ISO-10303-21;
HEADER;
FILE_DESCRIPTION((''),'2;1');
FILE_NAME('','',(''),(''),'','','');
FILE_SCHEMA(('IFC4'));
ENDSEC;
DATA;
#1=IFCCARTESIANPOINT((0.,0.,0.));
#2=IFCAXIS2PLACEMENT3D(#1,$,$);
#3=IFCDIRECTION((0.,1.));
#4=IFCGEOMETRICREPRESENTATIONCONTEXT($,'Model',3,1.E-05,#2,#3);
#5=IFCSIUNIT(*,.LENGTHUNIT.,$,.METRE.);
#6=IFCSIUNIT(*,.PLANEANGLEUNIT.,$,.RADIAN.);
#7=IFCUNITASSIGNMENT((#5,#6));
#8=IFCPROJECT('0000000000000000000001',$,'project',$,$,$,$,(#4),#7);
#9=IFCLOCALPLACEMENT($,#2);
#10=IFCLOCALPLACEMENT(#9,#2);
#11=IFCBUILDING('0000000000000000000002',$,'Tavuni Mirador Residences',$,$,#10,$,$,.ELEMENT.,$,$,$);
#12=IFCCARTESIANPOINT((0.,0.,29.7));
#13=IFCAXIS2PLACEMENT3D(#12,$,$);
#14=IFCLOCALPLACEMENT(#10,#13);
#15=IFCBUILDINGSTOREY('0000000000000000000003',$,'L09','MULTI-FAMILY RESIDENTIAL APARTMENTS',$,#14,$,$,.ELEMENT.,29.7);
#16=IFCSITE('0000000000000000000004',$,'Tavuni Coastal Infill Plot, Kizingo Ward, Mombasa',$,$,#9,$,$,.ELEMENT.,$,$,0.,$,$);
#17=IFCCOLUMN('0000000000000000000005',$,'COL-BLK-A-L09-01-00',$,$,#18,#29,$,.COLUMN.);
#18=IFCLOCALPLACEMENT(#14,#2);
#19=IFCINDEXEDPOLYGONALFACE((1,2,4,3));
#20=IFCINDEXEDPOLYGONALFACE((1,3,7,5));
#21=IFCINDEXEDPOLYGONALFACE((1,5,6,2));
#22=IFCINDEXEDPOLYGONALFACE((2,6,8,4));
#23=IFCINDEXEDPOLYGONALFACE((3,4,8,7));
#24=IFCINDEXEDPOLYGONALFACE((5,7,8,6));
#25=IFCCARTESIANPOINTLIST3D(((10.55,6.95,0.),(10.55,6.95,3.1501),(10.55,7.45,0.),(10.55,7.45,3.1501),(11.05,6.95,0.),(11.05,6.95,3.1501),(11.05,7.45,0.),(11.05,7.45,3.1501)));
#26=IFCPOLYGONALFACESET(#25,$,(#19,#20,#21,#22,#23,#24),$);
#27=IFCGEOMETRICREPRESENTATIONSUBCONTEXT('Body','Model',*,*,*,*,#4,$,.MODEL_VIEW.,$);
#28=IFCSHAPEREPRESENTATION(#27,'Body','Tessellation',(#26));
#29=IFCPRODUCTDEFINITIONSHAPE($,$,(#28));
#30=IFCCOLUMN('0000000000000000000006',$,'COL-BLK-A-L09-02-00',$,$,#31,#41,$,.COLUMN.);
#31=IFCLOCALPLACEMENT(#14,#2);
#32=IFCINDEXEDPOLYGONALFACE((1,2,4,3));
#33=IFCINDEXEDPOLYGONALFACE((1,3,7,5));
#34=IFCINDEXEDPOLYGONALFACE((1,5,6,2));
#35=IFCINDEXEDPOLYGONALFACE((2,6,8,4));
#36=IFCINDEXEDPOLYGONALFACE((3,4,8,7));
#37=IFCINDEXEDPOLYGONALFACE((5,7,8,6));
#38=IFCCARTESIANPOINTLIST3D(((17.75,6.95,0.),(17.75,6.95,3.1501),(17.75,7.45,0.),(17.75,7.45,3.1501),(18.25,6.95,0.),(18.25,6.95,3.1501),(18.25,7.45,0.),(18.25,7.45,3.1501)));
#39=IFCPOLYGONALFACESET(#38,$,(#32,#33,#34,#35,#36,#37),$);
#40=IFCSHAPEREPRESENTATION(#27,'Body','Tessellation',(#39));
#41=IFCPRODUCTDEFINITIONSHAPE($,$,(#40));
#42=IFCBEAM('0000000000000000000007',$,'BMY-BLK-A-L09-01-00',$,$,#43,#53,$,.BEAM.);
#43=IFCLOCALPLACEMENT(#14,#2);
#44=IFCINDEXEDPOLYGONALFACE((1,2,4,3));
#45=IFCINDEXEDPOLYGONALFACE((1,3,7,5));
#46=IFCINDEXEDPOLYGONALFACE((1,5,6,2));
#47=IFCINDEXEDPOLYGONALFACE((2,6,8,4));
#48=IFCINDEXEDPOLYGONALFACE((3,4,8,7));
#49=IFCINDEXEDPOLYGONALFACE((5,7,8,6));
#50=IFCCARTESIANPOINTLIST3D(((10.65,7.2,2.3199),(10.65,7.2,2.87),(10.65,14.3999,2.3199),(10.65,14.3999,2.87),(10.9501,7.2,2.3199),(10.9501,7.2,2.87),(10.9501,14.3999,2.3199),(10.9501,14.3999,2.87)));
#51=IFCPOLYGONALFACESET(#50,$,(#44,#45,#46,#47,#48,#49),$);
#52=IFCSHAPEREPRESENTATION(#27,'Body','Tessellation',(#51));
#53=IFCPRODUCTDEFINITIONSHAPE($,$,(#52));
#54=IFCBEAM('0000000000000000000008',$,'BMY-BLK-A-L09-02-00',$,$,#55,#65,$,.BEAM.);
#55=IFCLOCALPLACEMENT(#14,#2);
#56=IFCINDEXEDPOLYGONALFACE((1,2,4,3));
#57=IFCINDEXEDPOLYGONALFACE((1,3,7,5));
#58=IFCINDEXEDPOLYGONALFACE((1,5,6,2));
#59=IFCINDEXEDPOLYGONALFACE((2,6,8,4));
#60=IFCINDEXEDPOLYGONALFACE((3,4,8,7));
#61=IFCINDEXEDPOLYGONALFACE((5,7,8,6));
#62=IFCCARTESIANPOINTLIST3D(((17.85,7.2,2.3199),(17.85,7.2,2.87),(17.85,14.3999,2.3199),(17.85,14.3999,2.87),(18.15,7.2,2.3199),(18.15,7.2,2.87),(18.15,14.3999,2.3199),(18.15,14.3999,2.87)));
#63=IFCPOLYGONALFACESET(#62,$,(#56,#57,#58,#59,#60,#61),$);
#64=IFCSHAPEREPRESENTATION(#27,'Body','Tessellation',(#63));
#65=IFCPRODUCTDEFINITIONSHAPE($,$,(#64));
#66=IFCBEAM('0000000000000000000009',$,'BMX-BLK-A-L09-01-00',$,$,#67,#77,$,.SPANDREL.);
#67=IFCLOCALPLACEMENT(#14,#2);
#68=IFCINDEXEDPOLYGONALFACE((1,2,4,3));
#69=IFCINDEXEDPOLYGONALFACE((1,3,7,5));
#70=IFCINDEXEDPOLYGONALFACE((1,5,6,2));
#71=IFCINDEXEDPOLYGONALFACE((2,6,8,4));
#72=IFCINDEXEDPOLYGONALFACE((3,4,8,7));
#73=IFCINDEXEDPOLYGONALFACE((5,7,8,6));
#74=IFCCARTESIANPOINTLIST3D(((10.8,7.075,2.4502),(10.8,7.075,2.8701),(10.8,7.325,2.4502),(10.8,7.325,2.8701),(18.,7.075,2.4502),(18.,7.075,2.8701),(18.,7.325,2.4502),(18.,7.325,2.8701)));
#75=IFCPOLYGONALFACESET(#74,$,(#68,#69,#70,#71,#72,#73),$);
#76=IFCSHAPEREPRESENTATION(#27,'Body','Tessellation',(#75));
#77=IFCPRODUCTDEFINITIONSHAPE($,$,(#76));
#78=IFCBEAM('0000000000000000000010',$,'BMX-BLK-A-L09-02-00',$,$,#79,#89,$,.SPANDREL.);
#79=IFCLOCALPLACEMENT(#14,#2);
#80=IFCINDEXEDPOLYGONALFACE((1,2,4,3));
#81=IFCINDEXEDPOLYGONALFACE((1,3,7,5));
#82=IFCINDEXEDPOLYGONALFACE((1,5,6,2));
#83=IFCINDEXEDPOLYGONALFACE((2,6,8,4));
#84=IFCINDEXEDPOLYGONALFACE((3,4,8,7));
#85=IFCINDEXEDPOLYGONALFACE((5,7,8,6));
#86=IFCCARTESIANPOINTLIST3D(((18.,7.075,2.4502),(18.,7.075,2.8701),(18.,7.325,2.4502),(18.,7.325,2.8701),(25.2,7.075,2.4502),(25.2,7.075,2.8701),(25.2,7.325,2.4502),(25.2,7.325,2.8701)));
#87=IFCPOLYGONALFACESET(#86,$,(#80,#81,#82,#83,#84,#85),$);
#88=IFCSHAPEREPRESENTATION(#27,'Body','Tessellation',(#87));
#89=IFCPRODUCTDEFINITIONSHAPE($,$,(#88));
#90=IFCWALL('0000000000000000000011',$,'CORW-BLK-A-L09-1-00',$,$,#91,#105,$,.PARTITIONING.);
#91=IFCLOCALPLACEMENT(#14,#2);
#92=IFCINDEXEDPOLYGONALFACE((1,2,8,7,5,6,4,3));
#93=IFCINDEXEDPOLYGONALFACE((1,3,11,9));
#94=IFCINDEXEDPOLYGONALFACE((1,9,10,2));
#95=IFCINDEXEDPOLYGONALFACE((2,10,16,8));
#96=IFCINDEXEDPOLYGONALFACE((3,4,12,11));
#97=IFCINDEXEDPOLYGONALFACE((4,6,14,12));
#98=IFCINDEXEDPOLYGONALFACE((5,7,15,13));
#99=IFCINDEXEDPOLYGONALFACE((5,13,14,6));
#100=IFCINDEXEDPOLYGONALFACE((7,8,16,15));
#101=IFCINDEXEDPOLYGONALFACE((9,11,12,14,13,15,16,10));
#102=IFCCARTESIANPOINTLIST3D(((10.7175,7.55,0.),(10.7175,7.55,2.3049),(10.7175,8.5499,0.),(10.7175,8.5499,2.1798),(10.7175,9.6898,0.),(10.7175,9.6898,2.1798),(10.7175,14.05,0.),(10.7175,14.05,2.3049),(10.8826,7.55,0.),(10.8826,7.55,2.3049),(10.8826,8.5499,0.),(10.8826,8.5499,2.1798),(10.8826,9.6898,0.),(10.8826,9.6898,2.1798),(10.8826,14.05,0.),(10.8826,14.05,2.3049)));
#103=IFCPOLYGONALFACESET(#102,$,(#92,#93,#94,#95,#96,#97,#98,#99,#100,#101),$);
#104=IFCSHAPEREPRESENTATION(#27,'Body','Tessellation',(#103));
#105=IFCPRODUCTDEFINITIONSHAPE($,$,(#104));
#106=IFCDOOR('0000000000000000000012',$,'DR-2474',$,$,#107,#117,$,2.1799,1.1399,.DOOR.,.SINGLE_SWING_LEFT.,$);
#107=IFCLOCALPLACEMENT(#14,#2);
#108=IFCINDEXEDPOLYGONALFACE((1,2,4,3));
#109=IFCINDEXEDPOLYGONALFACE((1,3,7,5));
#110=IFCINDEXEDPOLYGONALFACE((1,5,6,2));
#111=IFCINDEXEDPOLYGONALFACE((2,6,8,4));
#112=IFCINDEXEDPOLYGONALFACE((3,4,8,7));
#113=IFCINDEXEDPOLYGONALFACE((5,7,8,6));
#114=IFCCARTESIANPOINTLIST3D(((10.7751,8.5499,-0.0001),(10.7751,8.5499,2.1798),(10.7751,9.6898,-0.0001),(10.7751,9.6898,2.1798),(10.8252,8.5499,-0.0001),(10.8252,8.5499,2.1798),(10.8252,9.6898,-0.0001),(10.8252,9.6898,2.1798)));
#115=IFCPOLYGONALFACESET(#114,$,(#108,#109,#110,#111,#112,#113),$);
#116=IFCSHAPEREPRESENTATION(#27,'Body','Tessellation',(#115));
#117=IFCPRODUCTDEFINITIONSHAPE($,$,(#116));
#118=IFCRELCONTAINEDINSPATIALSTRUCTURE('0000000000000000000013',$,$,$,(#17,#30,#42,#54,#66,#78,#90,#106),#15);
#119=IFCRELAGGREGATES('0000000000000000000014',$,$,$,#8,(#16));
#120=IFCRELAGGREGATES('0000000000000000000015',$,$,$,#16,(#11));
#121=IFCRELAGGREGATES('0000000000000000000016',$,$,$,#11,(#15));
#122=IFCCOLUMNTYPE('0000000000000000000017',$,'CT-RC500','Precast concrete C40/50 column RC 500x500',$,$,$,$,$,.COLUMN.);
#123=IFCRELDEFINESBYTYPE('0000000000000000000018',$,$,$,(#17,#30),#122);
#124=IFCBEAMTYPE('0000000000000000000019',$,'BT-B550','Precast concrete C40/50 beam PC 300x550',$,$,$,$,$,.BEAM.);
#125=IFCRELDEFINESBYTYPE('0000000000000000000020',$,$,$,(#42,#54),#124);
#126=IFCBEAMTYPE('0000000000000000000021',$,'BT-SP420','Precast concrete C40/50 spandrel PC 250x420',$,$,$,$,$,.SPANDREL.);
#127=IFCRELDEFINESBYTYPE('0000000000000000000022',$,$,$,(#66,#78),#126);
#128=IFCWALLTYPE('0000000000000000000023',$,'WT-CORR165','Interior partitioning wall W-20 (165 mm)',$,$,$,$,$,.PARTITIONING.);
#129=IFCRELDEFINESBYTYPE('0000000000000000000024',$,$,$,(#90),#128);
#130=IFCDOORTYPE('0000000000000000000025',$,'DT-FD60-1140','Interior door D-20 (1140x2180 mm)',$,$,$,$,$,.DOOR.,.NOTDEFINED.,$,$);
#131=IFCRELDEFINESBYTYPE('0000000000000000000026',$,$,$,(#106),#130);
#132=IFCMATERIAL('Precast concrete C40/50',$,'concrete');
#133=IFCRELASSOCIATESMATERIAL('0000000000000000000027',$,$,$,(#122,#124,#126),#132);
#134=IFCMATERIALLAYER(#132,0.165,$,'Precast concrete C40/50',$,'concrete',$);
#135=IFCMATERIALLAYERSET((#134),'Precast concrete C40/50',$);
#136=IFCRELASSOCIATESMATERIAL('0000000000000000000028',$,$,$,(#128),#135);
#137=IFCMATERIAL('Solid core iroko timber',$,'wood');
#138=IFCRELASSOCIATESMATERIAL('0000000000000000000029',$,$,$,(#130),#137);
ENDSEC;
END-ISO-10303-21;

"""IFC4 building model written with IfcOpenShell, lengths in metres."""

from ifc_helpers import new_model, si_unit, direction, frame, frame_2d, origin, origin_2d, place, context, subcontext, project, spatial, rectangle, extrude, material, layer, layer_set, material_profile, profile_set, type_object, element, fill, save


model = new_model("IFC4")

# Units and contexts
model_context = context("Model", 3, precision=1e-05, world=origin(), true_north=direction((0.0, 1.0)))
body_context = subcontext(model_context, "Body", "Model", "MODEL_VIEW")
ifc_project = project(units=[si_unit("LENGTHUNIT", "METRE"), si_unit("PLANEANGLEUNIT", "RADIAN")], contexts=[model_context])

# Site, building, storey
site_placement = place(None, origin())
site = spatial("IfcSite", under=ifc_project, at=site_placement, Name="Tavuni Coastal Infill Plot, Kizingo Ward, Mombasa", CompositionType="ELEMENT", RefElevation=0.0)
building_placement = place(site_placement, origin())
building = spatial("IfcBuilding", under=site, at=building_placement, Name="Tavuni Mirador Residences", CompositionType="ELEMENT")
storey_placement = place(building_placement, frame((0.0, 0.0, 29.7)))
storey = spatial("IfcBuildingStorey", under=building, at=storey_placement, Name="L09", Description="MULTI-FAMILY RESIDENTIAL APARTMENTS", CompositionType="ELEMENT", Elevation=29.7)

# Columns
ifc_material_1 = material(Name="Precast concrete C40/50", Category="concrete")
ifc_material_profile_1 = material_profile(ifc_material_1, rectangle(XDim=0.5, YDim=0.5, at=origin_2d()), Name="RC 500x500", Category="concrete")
ifc_profile_set_1 = profile_set([ifc_material_profile_1], Name="Precast concrete C40/50")
column_type = type_object("IfcColumnType", Name="CT-RC500", Description="Precast concrete C40/50 column RC 500x500", PredefinedType="COLUMN", material=ifc_profile_set_1)
for number, where, z_axis, x_axis, name in (
    (1, (10.8, 7.2, 0.0), (0.0, 0.0, 1.0), (1.0, 0.0, 0.0), "COL-BLK-A-L09-01-00"),
    (2, (18.0, 7.2, 0.0), (0.0, 0.0, 1.0), (1.0, 0.0, 0.0), "COL-BLK-A-L09-02-00"),
):
    element("IfcColumn", number, at=place(storey_placement, frame(where, z_axis=z_axis, x_axis=x_axis)), inside=storey, type_object=column_type, Name=name, PredefinedType="COLUMN", context=body_context, shape_type="SweptSolid", body=[
        extrude(rectangle(XDim=0.5, YDim=0.5, at=origin_2d()), origin(), (0.0, 0.0, 1.0), 3.1501),
    ])

# Beams
ifc_material_profile_2 = material_profile(ifc_material_1, rectangle(XDim=0.3, YDim=0.55, at=origin_2d()), Name="PC 300x550", Category="concrete")
ifc_profile_set_2 = profile_set([ifc_material_profile_2], Name="Precast concrete C40/50")
beam_type_1 = type_object("IfcBeamType", Name="BT-B550", Description="Precast concrete C40/50 beam PC 300x550", PredefinedType="BEAM", material=ifc_profile_set_2)
for number, where, z_axis, x_axis, name in (
    (3, (10.8, 7.2, 2.595), (0.0, 1.0, 0.0), (-1.0, 0.0, 0.0), "BMY-BLK-A-L09-01-00"),
    (4, (18.0, 7.2, 2.595), (0.0, 1.0, 0.0), (-1.0, 0.0, 0.0), "BMY-BLK-A-L09-02-00"),
):
    element("IfcBeam", number, at=place(storey_placement, frame(where, z_axis=z_axis, x_axis=x_axis)), inside=storey, type_object=beam_type_1, Name=name, PredefinedType="BEAM", context=body_context, shape_type="SweptSolid", body=[
        extrude(rectangle(XDim=0.3, YDim=0.55, at=origin_2d()), origin(), (0.0, 0.0, 1.0), 7.2),
    ])
ifc_material_profile_3 = material_profile(ifc_material_1, rectangle(XDim=0.25, YDim=0.4199, at=origin_2d()), Name="PC 250x420", Category="concrete")
ifc_profile_set_3 = profile_set([ifc_material_profile_3], Name="Precast concrete C40/50")
beam_type_2 = type_object("IfcBeamType", Name="BT-SP420", Description="Precast concrete C40/50 spandrel PC 250x420", PredefinedType="SPANDREL", material=ifc_profile_set_3)
for number, where, z_axis, x_axis, name in (
    (5, (10.8, 7.2, 2.6602), (1.0, 0.0, 0.0), (0.0, 1.0, 0.0), "BMX-BLK-A-L09-01-00"),
    (6, (18.0, 7.2, 2.6602), (1.0, 0.0, 0.0), (0.0, 1.0, 0.0), "BMX-BLK-A-L09-02-00"),
):
    element("IfcBeam", number, at=place(storey_placement, frame(where, z_axis=z_axis, x_axis=x_axis)), inside=storey, type_object=beam_type_2, Name=name, PredefinedType="SPANDREL", context=body_context, shape_type="SweptSolid", body=[
        extrude(rectangle(XDim=0.25, YDim=0.4199, at=origin_2d()), origin(), (0.0, 0.0, 1.0), 7.2),
    ])

# Wall, opening, door
ifc_layer_1 = layer(ifc_material_1, 0.165, Name="Precast concrete C40/50", Category="concrete")
ifc_layer_set_1 = layer_set([ifc_layer_1], Name="Precast concrete C40/50")
wall_type_1 = type_object("IfcWallType", Name="WT-CORR165", Description="Interior partitioning wall W-20 (165 mm)", PredefinedType="PARTITIONING", material=ifc_layer_set_1)
ifc_material_2 = material(Name="Solid core iroko timber", Category="wood")
wall_1_placement = place(storey_placement, frame((10.8, 7.55, 0.0), z_axis=(0.0, 0.0, 1.0), x_axis=(0.0, 1.0, 0.0)))
wall_1 = element("IfcWall", 7, at=wall_1_placement, inside=storey, type_object=wall_type_1, Name="CORW-BLK-A-L09-1-00", PredefinedType="PARTITIONING", context=body_context, shape_type="SweptSolid", body=[
    extrude(rectangle(XDim=6.5, YDim=0.165, at=frame_2d((3.25, 0.0))), origin(), (0.0, 0.0, 1.0), 2.3049),
])
opening_1_placement = place(wall_1_placement, frame((1.0, 0.0, 0.0)))
opening_1 = element("IfcOpeningElement", 8, at=opening_1_placement, cuts=wall_1, PredefinedType="OPENING", context=body_context, shape_type="SweptSolid", body=[
    extrude(rectangle(XDim=1.1399, YDim=2.1799, at=frame_2d((0.5698, 1.0898))), frame((0.0, 0.0925, 0.0), z_axis=(0.0, -1.0, 0.0), x_axis=(1.0, 0.0, 0.0)), (0.0, 0.0, 1.0), 0.1851),
])
door_type_1 = type_object("IfcDoorType", Name="DT-FD60-1140", Description="Interior door D-20 (1140x2180 mm)", OperationType="NOTDEFINED", PredefinedType="DOOR", material=ifc_material_2)
door_1_placement = place(opening_1_placement, origin())
door_1 = element("IfcDoor", 9, at=door_1_placement, inside=storey, type_object=door_type_1, Name="DR-2474", OperationType="SINGLE_SWING_LEFT", OverallHeight=2.1799, OverallWidth=1.1399, PredefinedType="DOOR", context=body_context, shape_type="SweptSolid", body=[
    extrude(rectangle(XDim=1.1399, YDim=2.1799, at=frame_2d((0.5698, 1.0898))), frame((0.0, 0.0249, 0.0), z_axis=(0.0, -1.0, 0.0), x_axis=(1.0, 0.0, 0.0)), (0.0, 0.0, 1.0), 0.05),
])
fill(opening_1, door_1)

save(model, "model.ifc")
